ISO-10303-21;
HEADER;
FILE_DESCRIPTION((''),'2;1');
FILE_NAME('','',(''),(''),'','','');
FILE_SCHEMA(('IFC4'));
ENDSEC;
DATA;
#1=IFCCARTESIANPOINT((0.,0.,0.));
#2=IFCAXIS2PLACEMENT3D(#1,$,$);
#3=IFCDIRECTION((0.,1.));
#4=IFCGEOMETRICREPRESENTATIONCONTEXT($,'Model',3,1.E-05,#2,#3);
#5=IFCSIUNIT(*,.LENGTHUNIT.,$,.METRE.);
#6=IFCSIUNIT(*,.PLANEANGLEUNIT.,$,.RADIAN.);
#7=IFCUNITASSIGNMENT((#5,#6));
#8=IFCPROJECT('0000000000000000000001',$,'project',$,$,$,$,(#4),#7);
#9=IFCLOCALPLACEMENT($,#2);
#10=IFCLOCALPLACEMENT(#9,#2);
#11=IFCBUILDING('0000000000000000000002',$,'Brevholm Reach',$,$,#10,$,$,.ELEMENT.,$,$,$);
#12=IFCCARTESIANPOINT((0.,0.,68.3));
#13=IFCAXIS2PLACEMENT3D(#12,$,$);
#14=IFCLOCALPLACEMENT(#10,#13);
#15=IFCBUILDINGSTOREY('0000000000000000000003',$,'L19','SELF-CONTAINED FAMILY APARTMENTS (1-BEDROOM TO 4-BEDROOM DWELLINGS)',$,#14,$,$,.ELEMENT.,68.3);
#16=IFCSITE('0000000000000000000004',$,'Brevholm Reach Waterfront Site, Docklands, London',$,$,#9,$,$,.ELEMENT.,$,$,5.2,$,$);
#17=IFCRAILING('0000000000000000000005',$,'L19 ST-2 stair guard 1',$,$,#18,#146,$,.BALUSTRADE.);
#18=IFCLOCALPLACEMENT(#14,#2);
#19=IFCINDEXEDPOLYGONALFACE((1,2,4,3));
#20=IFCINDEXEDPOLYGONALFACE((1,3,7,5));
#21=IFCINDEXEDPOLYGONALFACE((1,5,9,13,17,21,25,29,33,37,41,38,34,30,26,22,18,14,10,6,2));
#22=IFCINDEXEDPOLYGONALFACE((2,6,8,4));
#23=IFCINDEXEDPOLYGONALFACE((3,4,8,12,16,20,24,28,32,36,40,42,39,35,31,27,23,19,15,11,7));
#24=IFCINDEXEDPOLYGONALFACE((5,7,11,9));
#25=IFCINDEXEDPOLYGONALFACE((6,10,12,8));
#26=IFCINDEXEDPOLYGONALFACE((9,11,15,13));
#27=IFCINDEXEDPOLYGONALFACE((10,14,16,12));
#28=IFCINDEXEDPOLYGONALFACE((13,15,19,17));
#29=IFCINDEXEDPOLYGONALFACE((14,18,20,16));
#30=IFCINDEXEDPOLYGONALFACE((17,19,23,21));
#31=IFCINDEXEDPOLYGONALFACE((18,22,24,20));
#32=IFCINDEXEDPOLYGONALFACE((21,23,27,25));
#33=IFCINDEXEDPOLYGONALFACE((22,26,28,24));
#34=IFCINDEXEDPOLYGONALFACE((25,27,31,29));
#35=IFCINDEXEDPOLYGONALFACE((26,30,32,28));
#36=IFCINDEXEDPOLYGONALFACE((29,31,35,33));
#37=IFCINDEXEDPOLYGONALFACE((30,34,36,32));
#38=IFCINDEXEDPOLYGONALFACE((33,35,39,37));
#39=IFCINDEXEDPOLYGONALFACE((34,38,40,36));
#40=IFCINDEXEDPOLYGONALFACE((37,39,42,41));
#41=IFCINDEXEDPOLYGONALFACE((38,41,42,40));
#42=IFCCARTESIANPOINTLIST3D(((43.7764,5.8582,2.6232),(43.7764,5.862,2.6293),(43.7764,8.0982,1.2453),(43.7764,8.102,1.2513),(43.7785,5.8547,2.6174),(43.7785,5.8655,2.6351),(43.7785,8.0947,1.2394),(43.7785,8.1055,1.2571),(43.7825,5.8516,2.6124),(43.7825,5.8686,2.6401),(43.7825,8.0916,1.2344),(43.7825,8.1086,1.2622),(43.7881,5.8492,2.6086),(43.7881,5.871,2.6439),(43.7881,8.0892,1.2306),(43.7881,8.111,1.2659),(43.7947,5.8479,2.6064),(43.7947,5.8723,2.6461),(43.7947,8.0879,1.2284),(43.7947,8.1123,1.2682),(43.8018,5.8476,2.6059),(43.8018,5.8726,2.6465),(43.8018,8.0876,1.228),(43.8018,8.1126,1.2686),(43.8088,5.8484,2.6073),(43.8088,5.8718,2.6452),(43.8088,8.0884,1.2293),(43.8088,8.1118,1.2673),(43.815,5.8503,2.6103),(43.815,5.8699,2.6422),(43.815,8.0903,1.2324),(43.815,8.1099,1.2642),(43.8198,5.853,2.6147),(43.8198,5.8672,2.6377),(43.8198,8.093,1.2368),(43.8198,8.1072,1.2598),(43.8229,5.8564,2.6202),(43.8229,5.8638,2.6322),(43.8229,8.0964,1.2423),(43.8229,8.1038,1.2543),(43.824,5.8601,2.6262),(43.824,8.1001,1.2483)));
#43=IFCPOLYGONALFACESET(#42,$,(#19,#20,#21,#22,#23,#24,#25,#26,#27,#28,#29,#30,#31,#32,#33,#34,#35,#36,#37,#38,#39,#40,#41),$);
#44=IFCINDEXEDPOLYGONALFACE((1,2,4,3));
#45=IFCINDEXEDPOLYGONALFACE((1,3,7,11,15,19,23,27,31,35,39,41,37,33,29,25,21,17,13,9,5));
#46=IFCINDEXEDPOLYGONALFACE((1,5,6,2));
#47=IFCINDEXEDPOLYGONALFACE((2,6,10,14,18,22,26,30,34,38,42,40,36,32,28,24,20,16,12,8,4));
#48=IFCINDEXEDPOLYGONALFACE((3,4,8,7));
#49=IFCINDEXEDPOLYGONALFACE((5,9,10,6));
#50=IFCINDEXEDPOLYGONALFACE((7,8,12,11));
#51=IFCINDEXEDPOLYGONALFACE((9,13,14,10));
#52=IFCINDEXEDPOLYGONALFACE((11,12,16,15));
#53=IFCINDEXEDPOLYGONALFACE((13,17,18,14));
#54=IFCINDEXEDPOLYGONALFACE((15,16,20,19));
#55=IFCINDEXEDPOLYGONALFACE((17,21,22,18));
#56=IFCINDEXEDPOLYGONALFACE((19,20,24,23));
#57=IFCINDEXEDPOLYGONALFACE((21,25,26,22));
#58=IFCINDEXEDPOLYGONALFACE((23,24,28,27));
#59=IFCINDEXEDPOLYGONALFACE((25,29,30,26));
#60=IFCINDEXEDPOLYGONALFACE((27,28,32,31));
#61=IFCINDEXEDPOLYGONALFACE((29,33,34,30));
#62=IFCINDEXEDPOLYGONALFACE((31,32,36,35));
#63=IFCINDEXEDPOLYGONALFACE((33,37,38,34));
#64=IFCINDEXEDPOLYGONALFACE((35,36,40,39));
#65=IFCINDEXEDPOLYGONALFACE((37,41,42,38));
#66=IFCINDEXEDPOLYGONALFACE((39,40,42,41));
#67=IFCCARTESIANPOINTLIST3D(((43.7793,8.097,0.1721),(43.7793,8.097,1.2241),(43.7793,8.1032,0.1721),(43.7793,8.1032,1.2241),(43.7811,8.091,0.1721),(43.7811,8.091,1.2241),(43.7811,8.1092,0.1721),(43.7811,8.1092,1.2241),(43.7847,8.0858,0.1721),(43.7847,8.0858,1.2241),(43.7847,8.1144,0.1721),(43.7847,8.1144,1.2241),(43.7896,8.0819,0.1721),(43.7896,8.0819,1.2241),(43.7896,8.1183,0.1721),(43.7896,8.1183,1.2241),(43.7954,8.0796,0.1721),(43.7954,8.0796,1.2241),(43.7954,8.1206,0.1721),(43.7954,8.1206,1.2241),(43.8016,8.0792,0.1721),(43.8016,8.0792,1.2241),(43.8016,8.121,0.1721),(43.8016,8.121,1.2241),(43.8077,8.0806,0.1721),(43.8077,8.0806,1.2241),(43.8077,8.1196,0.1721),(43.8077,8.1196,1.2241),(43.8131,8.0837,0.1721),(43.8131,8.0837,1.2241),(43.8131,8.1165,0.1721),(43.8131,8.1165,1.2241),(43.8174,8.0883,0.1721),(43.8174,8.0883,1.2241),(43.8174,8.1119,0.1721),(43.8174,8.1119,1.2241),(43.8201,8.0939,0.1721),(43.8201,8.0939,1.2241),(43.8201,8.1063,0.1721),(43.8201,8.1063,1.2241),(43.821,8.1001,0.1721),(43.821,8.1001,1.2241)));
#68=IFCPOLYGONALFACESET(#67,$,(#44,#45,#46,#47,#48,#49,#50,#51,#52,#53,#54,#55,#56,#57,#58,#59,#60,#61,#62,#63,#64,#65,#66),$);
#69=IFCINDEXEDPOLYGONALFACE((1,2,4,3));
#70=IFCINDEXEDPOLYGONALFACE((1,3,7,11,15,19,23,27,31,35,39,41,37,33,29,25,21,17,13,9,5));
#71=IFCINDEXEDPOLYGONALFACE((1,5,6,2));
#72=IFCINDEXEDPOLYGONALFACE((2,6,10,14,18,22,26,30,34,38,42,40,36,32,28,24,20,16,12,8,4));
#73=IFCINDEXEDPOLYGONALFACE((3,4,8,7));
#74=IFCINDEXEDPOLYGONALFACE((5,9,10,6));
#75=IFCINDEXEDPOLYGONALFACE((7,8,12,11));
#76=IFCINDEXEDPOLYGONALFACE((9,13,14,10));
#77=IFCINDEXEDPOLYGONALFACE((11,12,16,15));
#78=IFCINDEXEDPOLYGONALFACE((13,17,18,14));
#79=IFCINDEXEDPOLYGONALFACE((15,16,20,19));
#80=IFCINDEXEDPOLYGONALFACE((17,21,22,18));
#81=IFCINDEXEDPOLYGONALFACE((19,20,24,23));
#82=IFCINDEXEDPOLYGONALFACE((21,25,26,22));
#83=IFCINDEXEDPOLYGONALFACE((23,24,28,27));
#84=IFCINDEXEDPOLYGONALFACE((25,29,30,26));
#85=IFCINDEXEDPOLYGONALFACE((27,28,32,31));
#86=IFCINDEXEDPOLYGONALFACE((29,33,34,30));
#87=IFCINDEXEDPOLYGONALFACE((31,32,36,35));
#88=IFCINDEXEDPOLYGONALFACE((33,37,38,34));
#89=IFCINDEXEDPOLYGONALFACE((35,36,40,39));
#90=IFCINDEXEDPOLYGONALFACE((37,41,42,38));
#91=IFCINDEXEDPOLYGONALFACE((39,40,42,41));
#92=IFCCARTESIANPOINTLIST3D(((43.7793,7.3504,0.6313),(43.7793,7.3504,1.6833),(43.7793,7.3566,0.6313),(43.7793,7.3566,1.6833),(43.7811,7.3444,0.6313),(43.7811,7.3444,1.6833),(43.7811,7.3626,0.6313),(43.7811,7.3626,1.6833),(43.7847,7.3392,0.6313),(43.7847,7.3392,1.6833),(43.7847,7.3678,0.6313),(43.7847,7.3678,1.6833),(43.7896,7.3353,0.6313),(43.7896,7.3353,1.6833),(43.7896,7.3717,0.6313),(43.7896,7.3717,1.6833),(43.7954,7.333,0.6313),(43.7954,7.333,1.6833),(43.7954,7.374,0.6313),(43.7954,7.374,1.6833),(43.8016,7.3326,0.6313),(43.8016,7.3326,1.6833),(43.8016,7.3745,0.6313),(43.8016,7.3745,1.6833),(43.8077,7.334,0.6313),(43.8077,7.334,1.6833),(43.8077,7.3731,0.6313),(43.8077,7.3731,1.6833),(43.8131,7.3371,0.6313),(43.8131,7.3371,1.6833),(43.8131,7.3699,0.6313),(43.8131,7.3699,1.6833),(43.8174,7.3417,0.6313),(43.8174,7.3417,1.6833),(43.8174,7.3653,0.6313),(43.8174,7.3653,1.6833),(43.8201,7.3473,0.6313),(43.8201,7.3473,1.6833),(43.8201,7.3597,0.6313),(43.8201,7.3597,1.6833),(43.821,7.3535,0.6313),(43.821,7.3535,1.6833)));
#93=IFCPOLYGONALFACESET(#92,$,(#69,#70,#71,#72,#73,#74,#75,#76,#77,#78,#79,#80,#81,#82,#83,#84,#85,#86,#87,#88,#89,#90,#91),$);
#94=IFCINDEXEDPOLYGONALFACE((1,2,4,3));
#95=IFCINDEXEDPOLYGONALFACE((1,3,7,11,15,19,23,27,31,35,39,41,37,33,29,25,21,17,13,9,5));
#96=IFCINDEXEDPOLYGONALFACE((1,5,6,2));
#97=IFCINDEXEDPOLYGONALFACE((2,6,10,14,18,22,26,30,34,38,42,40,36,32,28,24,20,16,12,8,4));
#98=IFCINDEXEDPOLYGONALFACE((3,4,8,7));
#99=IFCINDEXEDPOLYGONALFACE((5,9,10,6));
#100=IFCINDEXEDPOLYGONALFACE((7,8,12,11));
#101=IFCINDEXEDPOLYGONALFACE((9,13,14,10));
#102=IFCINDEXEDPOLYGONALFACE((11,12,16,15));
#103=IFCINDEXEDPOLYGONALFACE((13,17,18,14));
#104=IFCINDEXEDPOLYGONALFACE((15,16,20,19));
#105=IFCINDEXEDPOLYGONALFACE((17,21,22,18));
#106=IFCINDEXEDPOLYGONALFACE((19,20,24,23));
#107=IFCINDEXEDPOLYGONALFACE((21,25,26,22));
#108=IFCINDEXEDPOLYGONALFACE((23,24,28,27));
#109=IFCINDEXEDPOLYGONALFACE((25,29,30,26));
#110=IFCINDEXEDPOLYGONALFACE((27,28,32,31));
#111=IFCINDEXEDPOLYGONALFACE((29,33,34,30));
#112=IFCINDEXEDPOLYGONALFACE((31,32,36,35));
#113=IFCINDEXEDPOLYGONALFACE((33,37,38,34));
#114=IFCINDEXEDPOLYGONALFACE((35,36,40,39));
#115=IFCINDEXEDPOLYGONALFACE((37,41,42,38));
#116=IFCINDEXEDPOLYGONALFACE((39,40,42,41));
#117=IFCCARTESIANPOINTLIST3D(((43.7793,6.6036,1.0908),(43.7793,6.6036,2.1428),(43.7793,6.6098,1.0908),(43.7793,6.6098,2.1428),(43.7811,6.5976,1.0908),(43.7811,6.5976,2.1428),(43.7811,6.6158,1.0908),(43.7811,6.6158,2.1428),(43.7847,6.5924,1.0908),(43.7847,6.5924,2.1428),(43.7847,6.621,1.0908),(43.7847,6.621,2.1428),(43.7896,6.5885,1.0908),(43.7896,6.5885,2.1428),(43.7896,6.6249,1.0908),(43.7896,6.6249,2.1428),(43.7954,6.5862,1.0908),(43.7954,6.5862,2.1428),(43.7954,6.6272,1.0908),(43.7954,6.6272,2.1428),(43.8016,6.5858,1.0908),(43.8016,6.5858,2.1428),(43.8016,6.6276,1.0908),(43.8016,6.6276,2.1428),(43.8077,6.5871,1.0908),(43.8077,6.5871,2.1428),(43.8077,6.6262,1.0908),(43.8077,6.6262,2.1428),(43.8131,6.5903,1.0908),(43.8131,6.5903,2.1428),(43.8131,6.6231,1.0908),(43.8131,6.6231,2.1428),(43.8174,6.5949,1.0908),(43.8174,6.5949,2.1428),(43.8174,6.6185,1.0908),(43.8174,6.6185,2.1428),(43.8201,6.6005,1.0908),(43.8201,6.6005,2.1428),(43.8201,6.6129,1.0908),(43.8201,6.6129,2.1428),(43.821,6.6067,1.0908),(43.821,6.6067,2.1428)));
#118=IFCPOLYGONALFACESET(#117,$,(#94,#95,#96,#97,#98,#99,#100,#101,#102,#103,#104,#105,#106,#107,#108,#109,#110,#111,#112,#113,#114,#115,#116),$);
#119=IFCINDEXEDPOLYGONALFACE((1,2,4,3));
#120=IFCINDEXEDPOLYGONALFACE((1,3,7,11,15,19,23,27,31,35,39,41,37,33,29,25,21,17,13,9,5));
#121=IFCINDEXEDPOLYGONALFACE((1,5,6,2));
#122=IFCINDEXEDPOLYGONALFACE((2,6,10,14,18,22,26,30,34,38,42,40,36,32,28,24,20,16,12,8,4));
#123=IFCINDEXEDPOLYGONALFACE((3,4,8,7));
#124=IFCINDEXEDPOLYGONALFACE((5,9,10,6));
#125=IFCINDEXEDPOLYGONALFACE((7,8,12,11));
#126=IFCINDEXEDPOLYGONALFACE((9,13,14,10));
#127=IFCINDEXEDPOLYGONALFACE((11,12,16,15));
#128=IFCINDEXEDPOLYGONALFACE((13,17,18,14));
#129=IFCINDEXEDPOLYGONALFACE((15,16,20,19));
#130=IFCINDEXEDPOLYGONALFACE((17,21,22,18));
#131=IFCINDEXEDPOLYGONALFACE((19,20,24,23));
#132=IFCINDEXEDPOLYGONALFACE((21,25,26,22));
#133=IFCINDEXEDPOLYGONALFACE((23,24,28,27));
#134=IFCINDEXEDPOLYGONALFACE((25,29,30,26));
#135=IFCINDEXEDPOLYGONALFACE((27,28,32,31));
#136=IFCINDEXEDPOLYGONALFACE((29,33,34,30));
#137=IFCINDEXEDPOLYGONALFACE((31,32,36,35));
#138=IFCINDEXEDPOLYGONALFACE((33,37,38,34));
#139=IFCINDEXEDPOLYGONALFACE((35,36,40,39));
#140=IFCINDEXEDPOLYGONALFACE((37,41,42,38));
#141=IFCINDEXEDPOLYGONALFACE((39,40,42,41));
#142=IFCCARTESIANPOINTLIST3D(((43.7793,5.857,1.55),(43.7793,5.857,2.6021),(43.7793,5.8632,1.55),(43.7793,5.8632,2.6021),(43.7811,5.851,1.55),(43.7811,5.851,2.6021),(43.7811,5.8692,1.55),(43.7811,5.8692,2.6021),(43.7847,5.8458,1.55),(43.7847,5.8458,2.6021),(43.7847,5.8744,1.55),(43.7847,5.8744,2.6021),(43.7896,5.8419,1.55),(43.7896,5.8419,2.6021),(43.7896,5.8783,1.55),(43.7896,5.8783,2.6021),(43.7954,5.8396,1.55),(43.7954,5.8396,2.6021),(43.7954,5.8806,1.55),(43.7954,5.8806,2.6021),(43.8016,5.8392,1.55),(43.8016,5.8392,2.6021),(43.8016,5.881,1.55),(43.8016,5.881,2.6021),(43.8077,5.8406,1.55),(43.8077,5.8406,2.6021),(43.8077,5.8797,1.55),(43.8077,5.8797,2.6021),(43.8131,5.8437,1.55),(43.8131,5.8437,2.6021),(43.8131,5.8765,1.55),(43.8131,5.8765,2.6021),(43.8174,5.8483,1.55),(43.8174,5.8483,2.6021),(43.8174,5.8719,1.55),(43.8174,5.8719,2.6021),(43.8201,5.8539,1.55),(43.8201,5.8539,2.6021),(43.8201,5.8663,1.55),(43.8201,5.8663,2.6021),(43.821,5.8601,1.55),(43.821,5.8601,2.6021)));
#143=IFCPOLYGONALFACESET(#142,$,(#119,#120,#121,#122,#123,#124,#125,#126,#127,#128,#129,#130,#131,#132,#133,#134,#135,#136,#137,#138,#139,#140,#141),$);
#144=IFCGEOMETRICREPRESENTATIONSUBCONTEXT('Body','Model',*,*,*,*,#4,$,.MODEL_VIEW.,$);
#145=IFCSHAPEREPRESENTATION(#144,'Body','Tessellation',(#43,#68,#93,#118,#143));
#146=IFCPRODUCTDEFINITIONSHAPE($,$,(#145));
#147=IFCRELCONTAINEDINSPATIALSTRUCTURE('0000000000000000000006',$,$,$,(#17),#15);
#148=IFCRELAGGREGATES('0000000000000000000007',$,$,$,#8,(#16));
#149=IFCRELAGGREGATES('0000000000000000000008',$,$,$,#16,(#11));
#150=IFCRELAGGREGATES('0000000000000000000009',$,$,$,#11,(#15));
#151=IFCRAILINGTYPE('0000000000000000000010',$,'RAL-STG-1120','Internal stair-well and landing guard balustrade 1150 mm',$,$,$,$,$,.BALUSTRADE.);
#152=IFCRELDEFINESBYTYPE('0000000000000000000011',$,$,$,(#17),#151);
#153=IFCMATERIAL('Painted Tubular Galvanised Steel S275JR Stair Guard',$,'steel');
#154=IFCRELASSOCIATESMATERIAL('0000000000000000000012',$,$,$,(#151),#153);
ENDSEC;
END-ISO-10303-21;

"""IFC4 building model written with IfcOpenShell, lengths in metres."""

from ifc_helpers import new_model, si_unit, direction, frame, origin, origin_2d, place, context, subcontext, project, spatial, circle, extrude, material, type_object, element, save


model = new_model("IFC4")

# Units and contexts
model_context = context("Model", 3, precision=1e-05, world=origin(), true_north=direction((0.0, 1.0)))
body_context = subcontext(model_context, "Body", "Model", "MODEL_VIEW")
ifc_project = project(units=[si_unit("LENGTHUNIT", "METRE"), si_unit("PLANEANGLEUNIT", "RADIAN")], contexts=[model_context])

# Site, building, storey
site_placement = place(None, origin())
site = spatial("IfcSite", under=ifc_project, at=site_placement, Name="Brevholm Reach Waterfront Site, Docklands, London", CompositionType="ELEMENT", RefElevation=5.2)
building_placement = place(site_placement, origin())
building = spatial("IfcBuilding", under=site, at=building_placement, Name="Brevholm Reach", CompositionType="ELEMENT")
storey_placement = place(building_placement, frame((0.0, 0.0, 68.3)))
storey = spatial("IfcBuildingStorey", under=building, at=storey_placement, Name="L19", Description="SELF-CONTAINED FAMILY APARTMENTS (1-BEDROOM TO 4-BEDROOM DWELLINGS)", CompositionType="ELEMENT", Elevation=68.3)

# Railing
ifc_material_1 = material(Name="Painted Tubular Galvanised Steel S275JR Stair Guard", Category="steel")
railing_type = type_object("IfcRailingType", Name="RAL-STG-1120", Description="Internal stair-well and landing guard balustrade 1150 mm", PredefinedType="BALUSTRADE", material=ifc_material_1)
railing_1_placement = place(storey_placement, frame((43.8, 8.1001, 0.1721)))
element("IfcRailing", 1, at=railing_1_placement, inside=storey, type_object=railing_type, Name="L19 ST-2 stair guard 1", PredefinedType="BALUSTRADE", context=body_context, shape_type="SweptSolid", body=[
    extrude(circle(Radius=0.0239, at=origin_2d()), frame((0.0, 0.0, 1.0762), z_axis=(0.0, -0.851748, 0.523952), x_axis=(1.0, 0.0, 0.0)), (0.0, 0.0, 1.0), 2.6299),
    extrude(circle(Radius=0.021, at=origin_2d()), origin(), (0.0, 0.0, 1.0), 1.052),
    extrude(circle(Radius=0.021, at=origin_2d()), frame((0.0, -0.7466, 0.4592)), (0.0, 0.0, 1.0), 1.052),
    extrude(circle(Radius=0.021, at=origin_2d()), frame((0.0, -1.4934, 0.9187)), (0.0, 0.0, 1.0), 1.052),
    extrude(circle(Radius=0.021, at=origin_2d()), frame((0.0, -2.24, 1.3779)), (0.0, 0.0, 1.0), 1.052),
])

save(model, "model.ifc")
